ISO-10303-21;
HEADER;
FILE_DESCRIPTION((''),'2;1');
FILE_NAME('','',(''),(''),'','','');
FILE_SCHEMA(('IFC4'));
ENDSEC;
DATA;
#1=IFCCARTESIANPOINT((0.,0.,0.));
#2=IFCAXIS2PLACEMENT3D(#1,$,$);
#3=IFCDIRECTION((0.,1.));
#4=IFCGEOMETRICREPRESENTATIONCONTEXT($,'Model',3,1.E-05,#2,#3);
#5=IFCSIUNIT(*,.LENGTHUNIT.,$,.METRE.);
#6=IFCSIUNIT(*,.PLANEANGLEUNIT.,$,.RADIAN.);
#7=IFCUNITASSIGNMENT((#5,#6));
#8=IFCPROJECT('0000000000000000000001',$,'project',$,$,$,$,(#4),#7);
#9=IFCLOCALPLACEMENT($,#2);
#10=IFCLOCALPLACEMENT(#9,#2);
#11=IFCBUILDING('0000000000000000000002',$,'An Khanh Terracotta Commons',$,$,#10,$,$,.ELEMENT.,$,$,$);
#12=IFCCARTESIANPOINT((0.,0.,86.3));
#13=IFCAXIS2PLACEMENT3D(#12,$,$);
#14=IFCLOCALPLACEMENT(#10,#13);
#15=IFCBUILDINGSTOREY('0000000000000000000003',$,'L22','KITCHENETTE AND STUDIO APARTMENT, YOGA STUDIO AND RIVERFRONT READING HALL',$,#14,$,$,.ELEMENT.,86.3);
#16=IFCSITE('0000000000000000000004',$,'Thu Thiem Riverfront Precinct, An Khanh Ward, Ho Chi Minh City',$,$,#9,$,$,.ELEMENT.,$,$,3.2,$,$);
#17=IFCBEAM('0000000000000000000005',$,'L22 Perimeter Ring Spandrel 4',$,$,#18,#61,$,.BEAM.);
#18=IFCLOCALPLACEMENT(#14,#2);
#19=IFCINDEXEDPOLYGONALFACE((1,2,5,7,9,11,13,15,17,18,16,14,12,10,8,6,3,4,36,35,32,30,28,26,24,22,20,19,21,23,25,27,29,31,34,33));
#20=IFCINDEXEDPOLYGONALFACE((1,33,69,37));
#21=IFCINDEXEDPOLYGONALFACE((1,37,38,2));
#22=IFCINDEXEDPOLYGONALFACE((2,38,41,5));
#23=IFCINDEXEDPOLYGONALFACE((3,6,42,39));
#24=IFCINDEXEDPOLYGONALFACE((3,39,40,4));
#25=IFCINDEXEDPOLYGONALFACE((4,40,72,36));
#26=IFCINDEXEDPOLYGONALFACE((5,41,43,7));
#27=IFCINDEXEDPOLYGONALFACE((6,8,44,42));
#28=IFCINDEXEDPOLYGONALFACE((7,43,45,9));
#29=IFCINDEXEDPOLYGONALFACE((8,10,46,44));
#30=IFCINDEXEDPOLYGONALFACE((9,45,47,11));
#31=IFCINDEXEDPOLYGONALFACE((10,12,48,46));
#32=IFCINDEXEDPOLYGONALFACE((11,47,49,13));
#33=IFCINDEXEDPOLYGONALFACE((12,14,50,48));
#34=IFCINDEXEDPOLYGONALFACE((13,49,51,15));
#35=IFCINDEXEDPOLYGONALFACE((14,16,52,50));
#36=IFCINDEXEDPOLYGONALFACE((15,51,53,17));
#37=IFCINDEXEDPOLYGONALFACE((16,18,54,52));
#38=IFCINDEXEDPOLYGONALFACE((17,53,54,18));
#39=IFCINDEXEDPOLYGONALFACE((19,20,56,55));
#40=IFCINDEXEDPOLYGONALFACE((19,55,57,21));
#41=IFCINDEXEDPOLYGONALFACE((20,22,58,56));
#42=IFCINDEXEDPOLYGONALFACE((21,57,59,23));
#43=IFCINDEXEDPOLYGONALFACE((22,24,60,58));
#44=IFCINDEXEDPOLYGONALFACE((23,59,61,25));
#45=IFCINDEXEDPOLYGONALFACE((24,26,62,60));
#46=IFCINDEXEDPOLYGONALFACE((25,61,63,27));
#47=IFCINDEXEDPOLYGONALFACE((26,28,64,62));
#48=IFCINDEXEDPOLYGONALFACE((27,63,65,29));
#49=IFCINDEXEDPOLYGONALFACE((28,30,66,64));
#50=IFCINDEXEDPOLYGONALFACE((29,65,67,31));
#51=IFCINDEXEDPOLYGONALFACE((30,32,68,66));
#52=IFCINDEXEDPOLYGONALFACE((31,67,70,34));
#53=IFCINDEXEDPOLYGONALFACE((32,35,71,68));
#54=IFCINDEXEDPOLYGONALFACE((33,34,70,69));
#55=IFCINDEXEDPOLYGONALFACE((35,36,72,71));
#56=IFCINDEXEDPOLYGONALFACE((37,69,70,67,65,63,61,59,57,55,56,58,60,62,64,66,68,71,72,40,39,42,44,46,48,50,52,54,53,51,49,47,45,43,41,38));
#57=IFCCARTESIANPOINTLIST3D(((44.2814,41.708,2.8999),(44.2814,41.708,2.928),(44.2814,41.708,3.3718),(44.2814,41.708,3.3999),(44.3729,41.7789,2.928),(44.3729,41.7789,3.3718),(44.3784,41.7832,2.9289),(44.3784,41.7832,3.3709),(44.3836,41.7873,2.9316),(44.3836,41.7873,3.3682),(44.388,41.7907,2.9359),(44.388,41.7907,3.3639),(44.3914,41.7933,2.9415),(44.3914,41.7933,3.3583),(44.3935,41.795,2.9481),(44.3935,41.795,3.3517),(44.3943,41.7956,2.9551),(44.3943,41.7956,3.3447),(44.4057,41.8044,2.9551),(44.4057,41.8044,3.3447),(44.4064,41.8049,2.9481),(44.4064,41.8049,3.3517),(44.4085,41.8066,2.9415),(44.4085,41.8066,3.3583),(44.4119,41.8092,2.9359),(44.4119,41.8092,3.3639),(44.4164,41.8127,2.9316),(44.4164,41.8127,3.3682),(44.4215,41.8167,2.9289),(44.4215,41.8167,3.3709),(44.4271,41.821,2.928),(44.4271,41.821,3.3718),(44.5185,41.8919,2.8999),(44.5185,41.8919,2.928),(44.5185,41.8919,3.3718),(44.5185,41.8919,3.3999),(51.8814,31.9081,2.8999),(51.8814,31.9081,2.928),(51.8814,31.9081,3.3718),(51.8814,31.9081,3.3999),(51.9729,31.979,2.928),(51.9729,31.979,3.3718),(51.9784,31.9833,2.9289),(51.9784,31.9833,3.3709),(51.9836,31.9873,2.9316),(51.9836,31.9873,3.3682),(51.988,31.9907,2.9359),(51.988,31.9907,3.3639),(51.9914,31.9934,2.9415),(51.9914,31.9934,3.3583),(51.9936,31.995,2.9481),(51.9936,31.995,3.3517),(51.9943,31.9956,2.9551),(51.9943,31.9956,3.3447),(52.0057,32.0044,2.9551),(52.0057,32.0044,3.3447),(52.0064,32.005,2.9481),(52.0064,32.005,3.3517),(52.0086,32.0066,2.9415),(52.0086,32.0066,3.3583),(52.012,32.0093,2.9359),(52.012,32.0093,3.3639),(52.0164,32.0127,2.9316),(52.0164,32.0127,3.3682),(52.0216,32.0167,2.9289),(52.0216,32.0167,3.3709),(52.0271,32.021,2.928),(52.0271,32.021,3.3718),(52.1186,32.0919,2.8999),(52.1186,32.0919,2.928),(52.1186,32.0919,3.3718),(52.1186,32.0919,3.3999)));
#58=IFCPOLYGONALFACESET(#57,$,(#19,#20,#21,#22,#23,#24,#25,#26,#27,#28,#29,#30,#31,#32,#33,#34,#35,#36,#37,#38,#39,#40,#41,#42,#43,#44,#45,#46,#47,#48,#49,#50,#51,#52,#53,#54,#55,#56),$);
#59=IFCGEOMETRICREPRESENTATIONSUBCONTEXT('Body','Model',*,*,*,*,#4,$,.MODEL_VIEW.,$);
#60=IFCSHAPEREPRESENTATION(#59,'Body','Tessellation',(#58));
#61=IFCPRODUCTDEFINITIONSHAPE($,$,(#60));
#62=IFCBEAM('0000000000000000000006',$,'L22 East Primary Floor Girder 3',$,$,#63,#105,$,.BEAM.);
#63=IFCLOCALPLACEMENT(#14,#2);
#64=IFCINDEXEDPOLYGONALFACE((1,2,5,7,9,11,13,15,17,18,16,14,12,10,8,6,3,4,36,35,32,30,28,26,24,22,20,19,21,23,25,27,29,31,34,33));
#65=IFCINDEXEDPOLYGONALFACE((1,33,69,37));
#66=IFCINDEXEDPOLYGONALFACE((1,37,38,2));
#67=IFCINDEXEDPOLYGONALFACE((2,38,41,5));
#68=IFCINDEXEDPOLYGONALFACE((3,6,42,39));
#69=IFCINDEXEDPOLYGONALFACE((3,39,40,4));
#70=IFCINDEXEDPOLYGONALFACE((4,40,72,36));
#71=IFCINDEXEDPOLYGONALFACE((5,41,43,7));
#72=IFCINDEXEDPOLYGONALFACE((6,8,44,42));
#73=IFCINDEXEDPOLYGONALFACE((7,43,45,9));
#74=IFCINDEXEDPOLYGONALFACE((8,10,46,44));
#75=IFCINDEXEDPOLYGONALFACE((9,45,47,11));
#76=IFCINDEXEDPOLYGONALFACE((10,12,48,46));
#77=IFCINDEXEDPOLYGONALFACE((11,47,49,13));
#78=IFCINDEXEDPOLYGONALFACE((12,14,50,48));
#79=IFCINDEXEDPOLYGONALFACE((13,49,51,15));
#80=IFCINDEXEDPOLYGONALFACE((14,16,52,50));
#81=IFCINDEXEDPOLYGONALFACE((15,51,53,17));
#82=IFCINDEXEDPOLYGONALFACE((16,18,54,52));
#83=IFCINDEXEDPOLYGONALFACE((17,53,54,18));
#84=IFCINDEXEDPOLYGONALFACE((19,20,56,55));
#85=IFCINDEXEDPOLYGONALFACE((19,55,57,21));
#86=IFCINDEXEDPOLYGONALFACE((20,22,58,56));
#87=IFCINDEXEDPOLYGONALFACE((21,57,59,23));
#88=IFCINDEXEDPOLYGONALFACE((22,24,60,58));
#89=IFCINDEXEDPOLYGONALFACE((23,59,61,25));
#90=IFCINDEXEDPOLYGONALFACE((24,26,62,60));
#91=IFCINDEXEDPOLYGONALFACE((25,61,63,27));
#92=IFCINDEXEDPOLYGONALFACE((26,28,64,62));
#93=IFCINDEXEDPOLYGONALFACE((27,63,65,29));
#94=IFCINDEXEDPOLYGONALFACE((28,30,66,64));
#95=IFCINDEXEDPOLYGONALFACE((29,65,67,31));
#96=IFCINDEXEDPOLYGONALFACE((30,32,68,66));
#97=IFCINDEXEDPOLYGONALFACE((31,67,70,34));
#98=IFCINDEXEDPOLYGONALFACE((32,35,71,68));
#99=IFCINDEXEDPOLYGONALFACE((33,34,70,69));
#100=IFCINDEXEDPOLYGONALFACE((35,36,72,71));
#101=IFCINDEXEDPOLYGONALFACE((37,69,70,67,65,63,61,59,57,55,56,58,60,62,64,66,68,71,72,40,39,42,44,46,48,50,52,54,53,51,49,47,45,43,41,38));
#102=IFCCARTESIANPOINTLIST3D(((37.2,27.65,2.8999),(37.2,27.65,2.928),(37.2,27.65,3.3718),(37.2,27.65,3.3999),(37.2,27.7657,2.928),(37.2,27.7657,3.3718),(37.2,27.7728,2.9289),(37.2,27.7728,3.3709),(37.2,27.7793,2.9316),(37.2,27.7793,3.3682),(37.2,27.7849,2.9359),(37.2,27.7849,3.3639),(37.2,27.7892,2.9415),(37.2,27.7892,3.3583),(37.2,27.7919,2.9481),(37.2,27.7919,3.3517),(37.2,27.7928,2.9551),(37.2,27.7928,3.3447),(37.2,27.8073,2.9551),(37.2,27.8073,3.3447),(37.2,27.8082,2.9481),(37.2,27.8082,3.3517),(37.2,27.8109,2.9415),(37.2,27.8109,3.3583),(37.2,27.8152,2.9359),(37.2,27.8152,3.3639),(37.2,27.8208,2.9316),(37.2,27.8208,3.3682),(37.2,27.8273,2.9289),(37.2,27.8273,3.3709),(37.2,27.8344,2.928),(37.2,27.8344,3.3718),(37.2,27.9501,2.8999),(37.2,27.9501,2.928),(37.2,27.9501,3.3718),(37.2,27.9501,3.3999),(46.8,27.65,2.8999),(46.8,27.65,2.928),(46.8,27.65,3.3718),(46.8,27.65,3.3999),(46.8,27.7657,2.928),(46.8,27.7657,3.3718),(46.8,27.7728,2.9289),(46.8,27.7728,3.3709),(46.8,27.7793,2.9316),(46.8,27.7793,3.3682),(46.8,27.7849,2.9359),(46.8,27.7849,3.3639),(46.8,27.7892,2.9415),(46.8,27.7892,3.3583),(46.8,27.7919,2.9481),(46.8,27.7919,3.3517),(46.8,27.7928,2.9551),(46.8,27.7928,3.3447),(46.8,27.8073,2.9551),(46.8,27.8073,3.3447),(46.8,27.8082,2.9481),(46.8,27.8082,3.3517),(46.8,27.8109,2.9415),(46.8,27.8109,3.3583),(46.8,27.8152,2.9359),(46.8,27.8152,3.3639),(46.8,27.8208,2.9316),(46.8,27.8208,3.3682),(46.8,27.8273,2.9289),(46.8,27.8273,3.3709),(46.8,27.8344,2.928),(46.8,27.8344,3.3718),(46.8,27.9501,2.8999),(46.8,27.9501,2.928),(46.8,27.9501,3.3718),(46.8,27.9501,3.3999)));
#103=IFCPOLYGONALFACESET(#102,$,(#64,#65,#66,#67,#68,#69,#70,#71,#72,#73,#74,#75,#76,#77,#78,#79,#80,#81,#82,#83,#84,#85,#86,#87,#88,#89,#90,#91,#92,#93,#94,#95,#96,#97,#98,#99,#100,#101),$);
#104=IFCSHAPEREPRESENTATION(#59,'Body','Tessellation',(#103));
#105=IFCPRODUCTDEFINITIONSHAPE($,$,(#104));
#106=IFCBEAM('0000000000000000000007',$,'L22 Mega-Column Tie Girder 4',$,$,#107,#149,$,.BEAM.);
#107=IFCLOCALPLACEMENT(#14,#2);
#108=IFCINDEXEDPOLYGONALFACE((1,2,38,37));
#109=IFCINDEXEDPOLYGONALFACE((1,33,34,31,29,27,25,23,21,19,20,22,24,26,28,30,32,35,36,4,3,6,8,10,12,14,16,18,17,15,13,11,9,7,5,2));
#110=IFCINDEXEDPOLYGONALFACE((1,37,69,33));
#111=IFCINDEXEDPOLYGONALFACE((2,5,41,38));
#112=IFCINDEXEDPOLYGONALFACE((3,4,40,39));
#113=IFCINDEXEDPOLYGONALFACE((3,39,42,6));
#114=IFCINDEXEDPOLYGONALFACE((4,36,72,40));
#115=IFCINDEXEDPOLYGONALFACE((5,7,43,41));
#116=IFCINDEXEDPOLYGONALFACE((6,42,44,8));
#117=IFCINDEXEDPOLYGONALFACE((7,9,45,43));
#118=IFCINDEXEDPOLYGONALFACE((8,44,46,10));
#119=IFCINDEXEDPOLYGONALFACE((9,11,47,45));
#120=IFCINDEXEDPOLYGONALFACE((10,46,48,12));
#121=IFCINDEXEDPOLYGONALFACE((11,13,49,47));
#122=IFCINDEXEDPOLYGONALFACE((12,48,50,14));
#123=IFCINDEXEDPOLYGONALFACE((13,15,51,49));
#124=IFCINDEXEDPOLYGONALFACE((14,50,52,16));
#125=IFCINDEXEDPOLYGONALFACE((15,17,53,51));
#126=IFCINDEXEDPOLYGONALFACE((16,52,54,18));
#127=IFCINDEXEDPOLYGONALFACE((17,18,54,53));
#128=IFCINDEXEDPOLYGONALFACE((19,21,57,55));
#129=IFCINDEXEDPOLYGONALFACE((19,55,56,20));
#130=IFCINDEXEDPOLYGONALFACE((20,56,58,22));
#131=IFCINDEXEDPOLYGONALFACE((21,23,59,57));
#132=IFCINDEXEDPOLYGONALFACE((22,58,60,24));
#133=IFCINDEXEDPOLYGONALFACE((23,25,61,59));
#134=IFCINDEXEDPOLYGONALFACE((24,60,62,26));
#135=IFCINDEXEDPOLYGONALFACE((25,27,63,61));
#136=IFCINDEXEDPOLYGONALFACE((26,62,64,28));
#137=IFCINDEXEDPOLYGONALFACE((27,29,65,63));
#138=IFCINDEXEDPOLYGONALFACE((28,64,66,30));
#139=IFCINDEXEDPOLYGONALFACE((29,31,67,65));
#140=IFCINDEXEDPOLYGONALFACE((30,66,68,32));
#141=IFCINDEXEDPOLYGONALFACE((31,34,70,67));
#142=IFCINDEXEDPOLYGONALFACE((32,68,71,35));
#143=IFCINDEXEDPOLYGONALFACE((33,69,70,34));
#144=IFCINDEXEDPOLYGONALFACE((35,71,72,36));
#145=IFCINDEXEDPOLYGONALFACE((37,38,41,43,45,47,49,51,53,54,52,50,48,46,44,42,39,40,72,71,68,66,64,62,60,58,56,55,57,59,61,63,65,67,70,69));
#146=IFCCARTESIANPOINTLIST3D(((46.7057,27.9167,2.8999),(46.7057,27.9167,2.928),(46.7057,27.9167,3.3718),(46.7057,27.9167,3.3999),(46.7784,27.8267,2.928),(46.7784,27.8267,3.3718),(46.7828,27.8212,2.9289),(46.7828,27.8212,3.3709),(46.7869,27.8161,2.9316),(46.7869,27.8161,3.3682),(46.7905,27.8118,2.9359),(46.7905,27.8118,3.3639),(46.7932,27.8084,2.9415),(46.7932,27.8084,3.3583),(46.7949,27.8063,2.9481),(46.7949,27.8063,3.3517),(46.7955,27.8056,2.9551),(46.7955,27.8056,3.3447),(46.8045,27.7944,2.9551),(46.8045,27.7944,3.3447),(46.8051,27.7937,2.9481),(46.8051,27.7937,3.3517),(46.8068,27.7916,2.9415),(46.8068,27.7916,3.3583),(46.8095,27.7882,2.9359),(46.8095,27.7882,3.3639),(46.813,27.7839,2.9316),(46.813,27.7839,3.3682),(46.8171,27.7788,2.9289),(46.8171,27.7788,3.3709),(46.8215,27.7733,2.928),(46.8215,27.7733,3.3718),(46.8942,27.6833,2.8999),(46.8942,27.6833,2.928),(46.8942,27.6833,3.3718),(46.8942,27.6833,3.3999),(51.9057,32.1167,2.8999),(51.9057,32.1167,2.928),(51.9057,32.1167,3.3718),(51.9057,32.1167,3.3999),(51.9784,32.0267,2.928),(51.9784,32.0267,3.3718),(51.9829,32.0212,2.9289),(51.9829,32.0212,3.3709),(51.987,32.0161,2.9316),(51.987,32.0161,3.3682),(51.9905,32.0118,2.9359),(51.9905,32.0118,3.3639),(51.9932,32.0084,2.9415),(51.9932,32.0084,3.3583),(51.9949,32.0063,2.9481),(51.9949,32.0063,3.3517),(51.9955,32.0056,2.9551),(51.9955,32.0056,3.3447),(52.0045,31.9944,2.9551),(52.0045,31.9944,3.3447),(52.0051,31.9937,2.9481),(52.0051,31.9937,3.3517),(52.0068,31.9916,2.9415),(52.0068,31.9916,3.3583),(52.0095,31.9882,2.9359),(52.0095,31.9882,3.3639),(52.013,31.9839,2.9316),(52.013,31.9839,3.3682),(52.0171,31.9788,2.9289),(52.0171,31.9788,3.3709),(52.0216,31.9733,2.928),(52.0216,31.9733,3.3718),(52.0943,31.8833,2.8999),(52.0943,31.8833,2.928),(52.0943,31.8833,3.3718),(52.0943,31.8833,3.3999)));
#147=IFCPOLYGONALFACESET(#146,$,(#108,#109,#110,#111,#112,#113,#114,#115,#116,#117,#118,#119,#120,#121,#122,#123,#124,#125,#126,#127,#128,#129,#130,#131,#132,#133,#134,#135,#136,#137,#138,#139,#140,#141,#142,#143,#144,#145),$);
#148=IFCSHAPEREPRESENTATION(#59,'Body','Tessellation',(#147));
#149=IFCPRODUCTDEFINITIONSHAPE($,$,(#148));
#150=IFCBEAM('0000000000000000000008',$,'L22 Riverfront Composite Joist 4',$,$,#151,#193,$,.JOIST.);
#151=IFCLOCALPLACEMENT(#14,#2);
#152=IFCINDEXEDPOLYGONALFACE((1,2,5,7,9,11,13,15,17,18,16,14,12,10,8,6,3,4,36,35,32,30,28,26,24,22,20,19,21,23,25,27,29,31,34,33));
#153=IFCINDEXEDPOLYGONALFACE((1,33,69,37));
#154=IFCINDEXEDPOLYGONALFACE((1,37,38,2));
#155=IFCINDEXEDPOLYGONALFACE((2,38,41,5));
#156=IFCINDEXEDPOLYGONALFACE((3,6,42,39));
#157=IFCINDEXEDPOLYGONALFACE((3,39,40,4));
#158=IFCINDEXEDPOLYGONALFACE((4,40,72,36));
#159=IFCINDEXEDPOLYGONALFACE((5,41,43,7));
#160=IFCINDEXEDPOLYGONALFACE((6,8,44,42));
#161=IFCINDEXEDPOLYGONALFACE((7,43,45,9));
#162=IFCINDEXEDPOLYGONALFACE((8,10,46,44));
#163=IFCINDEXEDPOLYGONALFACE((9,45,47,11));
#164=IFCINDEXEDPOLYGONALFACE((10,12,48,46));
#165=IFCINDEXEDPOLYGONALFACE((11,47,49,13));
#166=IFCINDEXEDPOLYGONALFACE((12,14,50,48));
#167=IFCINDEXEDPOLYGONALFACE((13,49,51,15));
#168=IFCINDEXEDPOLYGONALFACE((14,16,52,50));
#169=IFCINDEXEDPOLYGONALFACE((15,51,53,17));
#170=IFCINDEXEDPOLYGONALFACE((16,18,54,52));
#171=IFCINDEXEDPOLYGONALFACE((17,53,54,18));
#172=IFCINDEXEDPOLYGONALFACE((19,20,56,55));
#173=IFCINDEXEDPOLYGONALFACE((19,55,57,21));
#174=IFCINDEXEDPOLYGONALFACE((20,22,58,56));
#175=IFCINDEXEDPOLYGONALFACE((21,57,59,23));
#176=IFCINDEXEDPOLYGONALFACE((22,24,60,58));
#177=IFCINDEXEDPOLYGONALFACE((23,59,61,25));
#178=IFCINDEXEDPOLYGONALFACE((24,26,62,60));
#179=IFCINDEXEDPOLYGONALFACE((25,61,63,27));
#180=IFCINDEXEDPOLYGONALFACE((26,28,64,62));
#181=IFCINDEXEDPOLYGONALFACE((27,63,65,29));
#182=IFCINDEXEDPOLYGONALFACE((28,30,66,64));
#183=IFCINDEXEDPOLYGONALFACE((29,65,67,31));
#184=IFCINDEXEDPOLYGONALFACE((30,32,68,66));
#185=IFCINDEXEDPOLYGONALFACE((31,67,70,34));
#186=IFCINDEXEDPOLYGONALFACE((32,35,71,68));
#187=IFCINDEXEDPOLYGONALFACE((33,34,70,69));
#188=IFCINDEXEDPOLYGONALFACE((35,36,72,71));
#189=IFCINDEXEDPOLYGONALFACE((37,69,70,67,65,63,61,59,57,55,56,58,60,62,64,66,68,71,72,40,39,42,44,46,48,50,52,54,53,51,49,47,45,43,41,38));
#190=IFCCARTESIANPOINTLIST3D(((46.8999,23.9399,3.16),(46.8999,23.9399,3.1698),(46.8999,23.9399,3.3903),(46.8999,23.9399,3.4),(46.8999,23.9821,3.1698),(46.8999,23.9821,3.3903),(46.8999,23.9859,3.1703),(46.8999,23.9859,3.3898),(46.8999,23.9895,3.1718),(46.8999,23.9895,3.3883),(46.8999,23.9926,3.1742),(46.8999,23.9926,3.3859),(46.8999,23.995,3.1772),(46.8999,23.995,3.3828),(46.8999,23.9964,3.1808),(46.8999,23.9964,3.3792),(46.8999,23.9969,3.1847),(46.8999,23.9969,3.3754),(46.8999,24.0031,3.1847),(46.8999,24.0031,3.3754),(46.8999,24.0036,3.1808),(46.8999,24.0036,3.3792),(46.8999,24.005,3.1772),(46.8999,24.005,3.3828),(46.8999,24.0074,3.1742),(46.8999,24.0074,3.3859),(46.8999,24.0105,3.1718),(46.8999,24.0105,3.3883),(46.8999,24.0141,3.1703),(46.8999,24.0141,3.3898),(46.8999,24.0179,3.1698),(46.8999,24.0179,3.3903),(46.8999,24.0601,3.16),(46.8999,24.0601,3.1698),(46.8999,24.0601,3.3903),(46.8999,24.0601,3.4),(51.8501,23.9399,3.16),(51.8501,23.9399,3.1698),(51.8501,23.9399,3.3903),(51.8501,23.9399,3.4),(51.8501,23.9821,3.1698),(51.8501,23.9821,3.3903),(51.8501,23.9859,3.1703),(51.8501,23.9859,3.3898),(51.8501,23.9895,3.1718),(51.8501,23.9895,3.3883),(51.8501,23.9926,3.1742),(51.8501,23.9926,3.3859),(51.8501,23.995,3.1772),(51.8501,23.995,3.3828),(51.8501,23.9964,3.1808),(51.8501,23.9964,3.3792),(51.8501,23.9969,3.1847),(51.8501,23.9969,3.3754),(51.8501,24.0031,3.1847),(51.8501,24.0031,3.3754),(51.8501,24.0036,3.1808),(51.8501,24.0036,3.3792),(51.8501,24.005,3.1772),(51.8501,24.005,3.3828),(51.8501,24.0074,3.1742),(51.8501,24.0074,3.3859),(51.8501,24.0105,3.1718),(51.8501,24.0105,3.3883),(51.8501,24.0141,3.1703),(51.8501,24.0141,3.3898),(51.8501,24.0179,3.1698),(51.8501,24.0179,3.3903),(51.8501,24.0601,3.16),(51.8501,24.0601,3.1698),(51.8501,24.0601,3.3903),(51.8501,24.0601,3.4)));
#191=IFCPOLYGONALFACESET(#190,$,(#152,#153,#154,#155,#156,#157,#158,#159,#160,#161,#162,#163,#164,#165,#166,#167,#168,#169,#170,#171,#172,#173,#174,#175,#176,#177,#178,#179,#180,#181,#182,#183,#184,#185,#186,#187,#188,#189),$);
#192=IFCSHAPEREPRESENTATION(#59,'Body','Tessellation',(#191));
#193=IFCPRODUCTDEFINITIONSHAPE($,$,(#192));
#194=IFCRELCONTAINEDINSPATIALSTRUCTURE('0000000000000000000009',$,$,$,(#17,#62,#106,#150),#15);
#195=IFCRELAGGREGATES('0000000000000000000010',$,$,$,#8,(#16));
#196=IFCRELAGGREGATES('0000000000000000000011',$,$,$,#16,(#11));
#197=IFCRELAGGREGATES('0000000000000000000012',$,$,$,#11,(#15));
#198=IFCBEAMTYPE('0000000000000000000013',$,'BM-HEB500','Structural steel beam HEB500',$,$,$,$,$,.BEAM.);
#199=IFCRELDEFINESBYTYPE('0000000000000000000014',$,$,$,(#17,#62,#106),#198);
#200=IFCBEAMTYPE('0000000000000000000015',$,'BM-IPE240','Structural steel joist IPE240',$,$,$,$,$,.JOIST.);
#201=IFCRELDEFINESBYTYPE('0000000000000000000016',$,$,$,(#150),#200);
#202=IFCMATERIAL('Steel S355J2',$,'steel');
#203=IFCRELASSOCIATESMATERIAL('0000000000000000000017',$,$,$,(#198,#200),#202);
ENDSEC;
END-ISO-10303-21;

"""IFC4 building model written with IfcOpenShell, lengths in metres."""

from ifc_helpers import new_model, si_unit, direction, frame, origin, origin_2d, place, context, subcontext, project, spatial, i_section, extrude, material, material_profile, profile_set, type_object, element, save


model = new_model("IFC4")

# Units and contexts
model_context = context("Model", 3, precision=1e-05, world=origin(), true_north=direction((0.0, 1.0)))
body_context = subcontext(model_context, "Body", "Model", "MODEL_VIEW")
ifc_project = project(units=[si_unit("LENGTHUNIT", "METRE"), si_unit("PLANEANGLEUNIT", "RADIAN")], contexts=[model_context])

# Site, building, storey
site_placement = place(None, origin())
site = spatial("IfcSite", under=ifc_project, at=site_placement, Name="Thu Thiem Riverfront Precinct, An Khanh Ward, Ho Chi Minh City", CompositionType="ELEMENT", RefElevation=3.2)
building_placement = place(site_placement, origin())
building = spatial("IfcBuilding", under=site, at=building_placement, Name="An Khanh Terracotta Commons", CompositionType="ELEMENT")
storey_placement = place(building_placement, frame((0.0, 0.0, 86.3)))
storey = spatial("IfcBuildingStorey", under=building, at=storey_placement, Name="L22", Description="KITCHENETTE AND STUDIO APARTMENT, YOGA STUDIO AND RIVERFRONT READING HALL", CompositionType="ELEMENT", Elevation=86.3)

# Beams
ifc_material_1 = material(Name="Steel S355J2", Category="steel")
ifc_material_profile_1 = material_profile(ifc_material_1, i_section(OverallWidth=0.3, OverallDepth=0.5, WebThickness=0.0144, FlangeThickness=0.0281, FilletRadius=0.0271, at=origin_2d()), Name="HEB500")
ifc_profile_set_1 = profile_set([ifc_material_profile_1], Name="Steel S355J2")
beam_type_1 = type_object("IfcBeamType", Name="BM-HEB500", Description="Structural steel beam HEB500", PredefinedType="BEAM", material=ifc_profile_set_1)
beam_1_placement = place(storey_placement, frame((52.0, 32.0, 3.1499), z_axis=(-0.612827, 0.790217, 0.0), x_axis=(-0.790217, -0.612827, 0.0)))
element("IfcBeam", 1, at=beam_1_placement, inside=storey, type_object=beam_type_1, Name="L22 Perimeter Ring Spandrel 4", PredefinedType="BEAM", context=body_context, shape_type="SweptSolid", body=[
    extrude(i_section(OverallWidth=0.3, OverallDepth=0.5, WebThickness=0.0144, FlangeThickness=0.0281, FilletRadius=0.0271, at=origin_2d()), origin(), (0.0, 0.0, 1.0), 12.4016),
])
beam_2_placement = place(storey_placement, frame((37.2, 27.8, 3.1499), z_axis=(1.0, 0.0, 0.0), x_axis=(0.0, 1.0, 0.0)))
element("IfcBeam", 2, at=beam_2_placement, inside=storey, type_object=beam_type_1, Name="L22 East Primary Floor Girder 3", PredefinedType="BEAM", context=body_context, shape_type="SweptSolid", body=[
    extrude(i_section(OverallWidth=0.3, OverallDepth=0.5, WebThickness=0.0144, FlangeThickness=0.0281, FilletRadius=0.0271, at=origin_2d()), origin(), (0.0, 0.0, 1.0), 9.6001),
])
beam_3_placement = place(storey_placement, frame((52.0, 32.0, 3.1499), z_axis=(-0.777942, -0.628336, 0.0), x_axis=(0.628336, -0.777942, 0.0)))
element("IfcBeam", 3, at=beam_3_placement, inside=storey, type_object=beam_type_1, Name="L22 Mega-Column Tie Girder 4", PredefinedType="BEAM", context=body_context, shape_type="SweptSolid", body=[
    extrude(i_section(OverallWidth=0.3, OverallDepth=0.5, WebThickness=0.0144, FlangeThickness=0.0281, FilletRadius=0.0271, at=origin_2d()), origin(), (0.0, 0.0, 1.0), 6.6843),
])
ifc_material_profile_2 = material_profile(ifc_material_1, i_section(OverallWidth=0.1201, OverallDepth=0.24, WebThickness=0.0061, FlangeThickness=0.0098, FilletRadius=0.0149, at=origin_2d()), Name="IPE240")
ifc_profile_set_2 = profile_set([ifc_material_profile_2], Name="Steel S355J2")
beam_type_2 = type_object("IfcBeamType", Name="BM-IPE240", Description="Structural steel joist IPE240", PredefinedType="JOIST", material=ifc_profile_set_2)
for number, where, z_axis, x_axis, name in (
    (4, (46.8999, 24.0, 3.28), (1.0, 0.0, 0.0), (0.0, 1.0, 0.0), "L22 Riverfront Composite Joist 4"),
):
    element("IfcBeam", number, at=place(storey_placement, frame(where, z_axis=z_axis, x_axis=x_axis)), inside=storey, type_object=beam_type_2, Name=name, PredefinedType="JOIST", context=body_context, shape_type="SweptSolid", body=[
        extrude(i_section(OverallWidth=0.1201, OverallDepth=0.24, WebThickness=0.0061, FlangeThickness=0.0098, FilletRadius=0.0149, at=origin_2d()), origin(), (0.0, 0.0, 1.0), 4.9502),
    ])

save(model, "model.ifc")
